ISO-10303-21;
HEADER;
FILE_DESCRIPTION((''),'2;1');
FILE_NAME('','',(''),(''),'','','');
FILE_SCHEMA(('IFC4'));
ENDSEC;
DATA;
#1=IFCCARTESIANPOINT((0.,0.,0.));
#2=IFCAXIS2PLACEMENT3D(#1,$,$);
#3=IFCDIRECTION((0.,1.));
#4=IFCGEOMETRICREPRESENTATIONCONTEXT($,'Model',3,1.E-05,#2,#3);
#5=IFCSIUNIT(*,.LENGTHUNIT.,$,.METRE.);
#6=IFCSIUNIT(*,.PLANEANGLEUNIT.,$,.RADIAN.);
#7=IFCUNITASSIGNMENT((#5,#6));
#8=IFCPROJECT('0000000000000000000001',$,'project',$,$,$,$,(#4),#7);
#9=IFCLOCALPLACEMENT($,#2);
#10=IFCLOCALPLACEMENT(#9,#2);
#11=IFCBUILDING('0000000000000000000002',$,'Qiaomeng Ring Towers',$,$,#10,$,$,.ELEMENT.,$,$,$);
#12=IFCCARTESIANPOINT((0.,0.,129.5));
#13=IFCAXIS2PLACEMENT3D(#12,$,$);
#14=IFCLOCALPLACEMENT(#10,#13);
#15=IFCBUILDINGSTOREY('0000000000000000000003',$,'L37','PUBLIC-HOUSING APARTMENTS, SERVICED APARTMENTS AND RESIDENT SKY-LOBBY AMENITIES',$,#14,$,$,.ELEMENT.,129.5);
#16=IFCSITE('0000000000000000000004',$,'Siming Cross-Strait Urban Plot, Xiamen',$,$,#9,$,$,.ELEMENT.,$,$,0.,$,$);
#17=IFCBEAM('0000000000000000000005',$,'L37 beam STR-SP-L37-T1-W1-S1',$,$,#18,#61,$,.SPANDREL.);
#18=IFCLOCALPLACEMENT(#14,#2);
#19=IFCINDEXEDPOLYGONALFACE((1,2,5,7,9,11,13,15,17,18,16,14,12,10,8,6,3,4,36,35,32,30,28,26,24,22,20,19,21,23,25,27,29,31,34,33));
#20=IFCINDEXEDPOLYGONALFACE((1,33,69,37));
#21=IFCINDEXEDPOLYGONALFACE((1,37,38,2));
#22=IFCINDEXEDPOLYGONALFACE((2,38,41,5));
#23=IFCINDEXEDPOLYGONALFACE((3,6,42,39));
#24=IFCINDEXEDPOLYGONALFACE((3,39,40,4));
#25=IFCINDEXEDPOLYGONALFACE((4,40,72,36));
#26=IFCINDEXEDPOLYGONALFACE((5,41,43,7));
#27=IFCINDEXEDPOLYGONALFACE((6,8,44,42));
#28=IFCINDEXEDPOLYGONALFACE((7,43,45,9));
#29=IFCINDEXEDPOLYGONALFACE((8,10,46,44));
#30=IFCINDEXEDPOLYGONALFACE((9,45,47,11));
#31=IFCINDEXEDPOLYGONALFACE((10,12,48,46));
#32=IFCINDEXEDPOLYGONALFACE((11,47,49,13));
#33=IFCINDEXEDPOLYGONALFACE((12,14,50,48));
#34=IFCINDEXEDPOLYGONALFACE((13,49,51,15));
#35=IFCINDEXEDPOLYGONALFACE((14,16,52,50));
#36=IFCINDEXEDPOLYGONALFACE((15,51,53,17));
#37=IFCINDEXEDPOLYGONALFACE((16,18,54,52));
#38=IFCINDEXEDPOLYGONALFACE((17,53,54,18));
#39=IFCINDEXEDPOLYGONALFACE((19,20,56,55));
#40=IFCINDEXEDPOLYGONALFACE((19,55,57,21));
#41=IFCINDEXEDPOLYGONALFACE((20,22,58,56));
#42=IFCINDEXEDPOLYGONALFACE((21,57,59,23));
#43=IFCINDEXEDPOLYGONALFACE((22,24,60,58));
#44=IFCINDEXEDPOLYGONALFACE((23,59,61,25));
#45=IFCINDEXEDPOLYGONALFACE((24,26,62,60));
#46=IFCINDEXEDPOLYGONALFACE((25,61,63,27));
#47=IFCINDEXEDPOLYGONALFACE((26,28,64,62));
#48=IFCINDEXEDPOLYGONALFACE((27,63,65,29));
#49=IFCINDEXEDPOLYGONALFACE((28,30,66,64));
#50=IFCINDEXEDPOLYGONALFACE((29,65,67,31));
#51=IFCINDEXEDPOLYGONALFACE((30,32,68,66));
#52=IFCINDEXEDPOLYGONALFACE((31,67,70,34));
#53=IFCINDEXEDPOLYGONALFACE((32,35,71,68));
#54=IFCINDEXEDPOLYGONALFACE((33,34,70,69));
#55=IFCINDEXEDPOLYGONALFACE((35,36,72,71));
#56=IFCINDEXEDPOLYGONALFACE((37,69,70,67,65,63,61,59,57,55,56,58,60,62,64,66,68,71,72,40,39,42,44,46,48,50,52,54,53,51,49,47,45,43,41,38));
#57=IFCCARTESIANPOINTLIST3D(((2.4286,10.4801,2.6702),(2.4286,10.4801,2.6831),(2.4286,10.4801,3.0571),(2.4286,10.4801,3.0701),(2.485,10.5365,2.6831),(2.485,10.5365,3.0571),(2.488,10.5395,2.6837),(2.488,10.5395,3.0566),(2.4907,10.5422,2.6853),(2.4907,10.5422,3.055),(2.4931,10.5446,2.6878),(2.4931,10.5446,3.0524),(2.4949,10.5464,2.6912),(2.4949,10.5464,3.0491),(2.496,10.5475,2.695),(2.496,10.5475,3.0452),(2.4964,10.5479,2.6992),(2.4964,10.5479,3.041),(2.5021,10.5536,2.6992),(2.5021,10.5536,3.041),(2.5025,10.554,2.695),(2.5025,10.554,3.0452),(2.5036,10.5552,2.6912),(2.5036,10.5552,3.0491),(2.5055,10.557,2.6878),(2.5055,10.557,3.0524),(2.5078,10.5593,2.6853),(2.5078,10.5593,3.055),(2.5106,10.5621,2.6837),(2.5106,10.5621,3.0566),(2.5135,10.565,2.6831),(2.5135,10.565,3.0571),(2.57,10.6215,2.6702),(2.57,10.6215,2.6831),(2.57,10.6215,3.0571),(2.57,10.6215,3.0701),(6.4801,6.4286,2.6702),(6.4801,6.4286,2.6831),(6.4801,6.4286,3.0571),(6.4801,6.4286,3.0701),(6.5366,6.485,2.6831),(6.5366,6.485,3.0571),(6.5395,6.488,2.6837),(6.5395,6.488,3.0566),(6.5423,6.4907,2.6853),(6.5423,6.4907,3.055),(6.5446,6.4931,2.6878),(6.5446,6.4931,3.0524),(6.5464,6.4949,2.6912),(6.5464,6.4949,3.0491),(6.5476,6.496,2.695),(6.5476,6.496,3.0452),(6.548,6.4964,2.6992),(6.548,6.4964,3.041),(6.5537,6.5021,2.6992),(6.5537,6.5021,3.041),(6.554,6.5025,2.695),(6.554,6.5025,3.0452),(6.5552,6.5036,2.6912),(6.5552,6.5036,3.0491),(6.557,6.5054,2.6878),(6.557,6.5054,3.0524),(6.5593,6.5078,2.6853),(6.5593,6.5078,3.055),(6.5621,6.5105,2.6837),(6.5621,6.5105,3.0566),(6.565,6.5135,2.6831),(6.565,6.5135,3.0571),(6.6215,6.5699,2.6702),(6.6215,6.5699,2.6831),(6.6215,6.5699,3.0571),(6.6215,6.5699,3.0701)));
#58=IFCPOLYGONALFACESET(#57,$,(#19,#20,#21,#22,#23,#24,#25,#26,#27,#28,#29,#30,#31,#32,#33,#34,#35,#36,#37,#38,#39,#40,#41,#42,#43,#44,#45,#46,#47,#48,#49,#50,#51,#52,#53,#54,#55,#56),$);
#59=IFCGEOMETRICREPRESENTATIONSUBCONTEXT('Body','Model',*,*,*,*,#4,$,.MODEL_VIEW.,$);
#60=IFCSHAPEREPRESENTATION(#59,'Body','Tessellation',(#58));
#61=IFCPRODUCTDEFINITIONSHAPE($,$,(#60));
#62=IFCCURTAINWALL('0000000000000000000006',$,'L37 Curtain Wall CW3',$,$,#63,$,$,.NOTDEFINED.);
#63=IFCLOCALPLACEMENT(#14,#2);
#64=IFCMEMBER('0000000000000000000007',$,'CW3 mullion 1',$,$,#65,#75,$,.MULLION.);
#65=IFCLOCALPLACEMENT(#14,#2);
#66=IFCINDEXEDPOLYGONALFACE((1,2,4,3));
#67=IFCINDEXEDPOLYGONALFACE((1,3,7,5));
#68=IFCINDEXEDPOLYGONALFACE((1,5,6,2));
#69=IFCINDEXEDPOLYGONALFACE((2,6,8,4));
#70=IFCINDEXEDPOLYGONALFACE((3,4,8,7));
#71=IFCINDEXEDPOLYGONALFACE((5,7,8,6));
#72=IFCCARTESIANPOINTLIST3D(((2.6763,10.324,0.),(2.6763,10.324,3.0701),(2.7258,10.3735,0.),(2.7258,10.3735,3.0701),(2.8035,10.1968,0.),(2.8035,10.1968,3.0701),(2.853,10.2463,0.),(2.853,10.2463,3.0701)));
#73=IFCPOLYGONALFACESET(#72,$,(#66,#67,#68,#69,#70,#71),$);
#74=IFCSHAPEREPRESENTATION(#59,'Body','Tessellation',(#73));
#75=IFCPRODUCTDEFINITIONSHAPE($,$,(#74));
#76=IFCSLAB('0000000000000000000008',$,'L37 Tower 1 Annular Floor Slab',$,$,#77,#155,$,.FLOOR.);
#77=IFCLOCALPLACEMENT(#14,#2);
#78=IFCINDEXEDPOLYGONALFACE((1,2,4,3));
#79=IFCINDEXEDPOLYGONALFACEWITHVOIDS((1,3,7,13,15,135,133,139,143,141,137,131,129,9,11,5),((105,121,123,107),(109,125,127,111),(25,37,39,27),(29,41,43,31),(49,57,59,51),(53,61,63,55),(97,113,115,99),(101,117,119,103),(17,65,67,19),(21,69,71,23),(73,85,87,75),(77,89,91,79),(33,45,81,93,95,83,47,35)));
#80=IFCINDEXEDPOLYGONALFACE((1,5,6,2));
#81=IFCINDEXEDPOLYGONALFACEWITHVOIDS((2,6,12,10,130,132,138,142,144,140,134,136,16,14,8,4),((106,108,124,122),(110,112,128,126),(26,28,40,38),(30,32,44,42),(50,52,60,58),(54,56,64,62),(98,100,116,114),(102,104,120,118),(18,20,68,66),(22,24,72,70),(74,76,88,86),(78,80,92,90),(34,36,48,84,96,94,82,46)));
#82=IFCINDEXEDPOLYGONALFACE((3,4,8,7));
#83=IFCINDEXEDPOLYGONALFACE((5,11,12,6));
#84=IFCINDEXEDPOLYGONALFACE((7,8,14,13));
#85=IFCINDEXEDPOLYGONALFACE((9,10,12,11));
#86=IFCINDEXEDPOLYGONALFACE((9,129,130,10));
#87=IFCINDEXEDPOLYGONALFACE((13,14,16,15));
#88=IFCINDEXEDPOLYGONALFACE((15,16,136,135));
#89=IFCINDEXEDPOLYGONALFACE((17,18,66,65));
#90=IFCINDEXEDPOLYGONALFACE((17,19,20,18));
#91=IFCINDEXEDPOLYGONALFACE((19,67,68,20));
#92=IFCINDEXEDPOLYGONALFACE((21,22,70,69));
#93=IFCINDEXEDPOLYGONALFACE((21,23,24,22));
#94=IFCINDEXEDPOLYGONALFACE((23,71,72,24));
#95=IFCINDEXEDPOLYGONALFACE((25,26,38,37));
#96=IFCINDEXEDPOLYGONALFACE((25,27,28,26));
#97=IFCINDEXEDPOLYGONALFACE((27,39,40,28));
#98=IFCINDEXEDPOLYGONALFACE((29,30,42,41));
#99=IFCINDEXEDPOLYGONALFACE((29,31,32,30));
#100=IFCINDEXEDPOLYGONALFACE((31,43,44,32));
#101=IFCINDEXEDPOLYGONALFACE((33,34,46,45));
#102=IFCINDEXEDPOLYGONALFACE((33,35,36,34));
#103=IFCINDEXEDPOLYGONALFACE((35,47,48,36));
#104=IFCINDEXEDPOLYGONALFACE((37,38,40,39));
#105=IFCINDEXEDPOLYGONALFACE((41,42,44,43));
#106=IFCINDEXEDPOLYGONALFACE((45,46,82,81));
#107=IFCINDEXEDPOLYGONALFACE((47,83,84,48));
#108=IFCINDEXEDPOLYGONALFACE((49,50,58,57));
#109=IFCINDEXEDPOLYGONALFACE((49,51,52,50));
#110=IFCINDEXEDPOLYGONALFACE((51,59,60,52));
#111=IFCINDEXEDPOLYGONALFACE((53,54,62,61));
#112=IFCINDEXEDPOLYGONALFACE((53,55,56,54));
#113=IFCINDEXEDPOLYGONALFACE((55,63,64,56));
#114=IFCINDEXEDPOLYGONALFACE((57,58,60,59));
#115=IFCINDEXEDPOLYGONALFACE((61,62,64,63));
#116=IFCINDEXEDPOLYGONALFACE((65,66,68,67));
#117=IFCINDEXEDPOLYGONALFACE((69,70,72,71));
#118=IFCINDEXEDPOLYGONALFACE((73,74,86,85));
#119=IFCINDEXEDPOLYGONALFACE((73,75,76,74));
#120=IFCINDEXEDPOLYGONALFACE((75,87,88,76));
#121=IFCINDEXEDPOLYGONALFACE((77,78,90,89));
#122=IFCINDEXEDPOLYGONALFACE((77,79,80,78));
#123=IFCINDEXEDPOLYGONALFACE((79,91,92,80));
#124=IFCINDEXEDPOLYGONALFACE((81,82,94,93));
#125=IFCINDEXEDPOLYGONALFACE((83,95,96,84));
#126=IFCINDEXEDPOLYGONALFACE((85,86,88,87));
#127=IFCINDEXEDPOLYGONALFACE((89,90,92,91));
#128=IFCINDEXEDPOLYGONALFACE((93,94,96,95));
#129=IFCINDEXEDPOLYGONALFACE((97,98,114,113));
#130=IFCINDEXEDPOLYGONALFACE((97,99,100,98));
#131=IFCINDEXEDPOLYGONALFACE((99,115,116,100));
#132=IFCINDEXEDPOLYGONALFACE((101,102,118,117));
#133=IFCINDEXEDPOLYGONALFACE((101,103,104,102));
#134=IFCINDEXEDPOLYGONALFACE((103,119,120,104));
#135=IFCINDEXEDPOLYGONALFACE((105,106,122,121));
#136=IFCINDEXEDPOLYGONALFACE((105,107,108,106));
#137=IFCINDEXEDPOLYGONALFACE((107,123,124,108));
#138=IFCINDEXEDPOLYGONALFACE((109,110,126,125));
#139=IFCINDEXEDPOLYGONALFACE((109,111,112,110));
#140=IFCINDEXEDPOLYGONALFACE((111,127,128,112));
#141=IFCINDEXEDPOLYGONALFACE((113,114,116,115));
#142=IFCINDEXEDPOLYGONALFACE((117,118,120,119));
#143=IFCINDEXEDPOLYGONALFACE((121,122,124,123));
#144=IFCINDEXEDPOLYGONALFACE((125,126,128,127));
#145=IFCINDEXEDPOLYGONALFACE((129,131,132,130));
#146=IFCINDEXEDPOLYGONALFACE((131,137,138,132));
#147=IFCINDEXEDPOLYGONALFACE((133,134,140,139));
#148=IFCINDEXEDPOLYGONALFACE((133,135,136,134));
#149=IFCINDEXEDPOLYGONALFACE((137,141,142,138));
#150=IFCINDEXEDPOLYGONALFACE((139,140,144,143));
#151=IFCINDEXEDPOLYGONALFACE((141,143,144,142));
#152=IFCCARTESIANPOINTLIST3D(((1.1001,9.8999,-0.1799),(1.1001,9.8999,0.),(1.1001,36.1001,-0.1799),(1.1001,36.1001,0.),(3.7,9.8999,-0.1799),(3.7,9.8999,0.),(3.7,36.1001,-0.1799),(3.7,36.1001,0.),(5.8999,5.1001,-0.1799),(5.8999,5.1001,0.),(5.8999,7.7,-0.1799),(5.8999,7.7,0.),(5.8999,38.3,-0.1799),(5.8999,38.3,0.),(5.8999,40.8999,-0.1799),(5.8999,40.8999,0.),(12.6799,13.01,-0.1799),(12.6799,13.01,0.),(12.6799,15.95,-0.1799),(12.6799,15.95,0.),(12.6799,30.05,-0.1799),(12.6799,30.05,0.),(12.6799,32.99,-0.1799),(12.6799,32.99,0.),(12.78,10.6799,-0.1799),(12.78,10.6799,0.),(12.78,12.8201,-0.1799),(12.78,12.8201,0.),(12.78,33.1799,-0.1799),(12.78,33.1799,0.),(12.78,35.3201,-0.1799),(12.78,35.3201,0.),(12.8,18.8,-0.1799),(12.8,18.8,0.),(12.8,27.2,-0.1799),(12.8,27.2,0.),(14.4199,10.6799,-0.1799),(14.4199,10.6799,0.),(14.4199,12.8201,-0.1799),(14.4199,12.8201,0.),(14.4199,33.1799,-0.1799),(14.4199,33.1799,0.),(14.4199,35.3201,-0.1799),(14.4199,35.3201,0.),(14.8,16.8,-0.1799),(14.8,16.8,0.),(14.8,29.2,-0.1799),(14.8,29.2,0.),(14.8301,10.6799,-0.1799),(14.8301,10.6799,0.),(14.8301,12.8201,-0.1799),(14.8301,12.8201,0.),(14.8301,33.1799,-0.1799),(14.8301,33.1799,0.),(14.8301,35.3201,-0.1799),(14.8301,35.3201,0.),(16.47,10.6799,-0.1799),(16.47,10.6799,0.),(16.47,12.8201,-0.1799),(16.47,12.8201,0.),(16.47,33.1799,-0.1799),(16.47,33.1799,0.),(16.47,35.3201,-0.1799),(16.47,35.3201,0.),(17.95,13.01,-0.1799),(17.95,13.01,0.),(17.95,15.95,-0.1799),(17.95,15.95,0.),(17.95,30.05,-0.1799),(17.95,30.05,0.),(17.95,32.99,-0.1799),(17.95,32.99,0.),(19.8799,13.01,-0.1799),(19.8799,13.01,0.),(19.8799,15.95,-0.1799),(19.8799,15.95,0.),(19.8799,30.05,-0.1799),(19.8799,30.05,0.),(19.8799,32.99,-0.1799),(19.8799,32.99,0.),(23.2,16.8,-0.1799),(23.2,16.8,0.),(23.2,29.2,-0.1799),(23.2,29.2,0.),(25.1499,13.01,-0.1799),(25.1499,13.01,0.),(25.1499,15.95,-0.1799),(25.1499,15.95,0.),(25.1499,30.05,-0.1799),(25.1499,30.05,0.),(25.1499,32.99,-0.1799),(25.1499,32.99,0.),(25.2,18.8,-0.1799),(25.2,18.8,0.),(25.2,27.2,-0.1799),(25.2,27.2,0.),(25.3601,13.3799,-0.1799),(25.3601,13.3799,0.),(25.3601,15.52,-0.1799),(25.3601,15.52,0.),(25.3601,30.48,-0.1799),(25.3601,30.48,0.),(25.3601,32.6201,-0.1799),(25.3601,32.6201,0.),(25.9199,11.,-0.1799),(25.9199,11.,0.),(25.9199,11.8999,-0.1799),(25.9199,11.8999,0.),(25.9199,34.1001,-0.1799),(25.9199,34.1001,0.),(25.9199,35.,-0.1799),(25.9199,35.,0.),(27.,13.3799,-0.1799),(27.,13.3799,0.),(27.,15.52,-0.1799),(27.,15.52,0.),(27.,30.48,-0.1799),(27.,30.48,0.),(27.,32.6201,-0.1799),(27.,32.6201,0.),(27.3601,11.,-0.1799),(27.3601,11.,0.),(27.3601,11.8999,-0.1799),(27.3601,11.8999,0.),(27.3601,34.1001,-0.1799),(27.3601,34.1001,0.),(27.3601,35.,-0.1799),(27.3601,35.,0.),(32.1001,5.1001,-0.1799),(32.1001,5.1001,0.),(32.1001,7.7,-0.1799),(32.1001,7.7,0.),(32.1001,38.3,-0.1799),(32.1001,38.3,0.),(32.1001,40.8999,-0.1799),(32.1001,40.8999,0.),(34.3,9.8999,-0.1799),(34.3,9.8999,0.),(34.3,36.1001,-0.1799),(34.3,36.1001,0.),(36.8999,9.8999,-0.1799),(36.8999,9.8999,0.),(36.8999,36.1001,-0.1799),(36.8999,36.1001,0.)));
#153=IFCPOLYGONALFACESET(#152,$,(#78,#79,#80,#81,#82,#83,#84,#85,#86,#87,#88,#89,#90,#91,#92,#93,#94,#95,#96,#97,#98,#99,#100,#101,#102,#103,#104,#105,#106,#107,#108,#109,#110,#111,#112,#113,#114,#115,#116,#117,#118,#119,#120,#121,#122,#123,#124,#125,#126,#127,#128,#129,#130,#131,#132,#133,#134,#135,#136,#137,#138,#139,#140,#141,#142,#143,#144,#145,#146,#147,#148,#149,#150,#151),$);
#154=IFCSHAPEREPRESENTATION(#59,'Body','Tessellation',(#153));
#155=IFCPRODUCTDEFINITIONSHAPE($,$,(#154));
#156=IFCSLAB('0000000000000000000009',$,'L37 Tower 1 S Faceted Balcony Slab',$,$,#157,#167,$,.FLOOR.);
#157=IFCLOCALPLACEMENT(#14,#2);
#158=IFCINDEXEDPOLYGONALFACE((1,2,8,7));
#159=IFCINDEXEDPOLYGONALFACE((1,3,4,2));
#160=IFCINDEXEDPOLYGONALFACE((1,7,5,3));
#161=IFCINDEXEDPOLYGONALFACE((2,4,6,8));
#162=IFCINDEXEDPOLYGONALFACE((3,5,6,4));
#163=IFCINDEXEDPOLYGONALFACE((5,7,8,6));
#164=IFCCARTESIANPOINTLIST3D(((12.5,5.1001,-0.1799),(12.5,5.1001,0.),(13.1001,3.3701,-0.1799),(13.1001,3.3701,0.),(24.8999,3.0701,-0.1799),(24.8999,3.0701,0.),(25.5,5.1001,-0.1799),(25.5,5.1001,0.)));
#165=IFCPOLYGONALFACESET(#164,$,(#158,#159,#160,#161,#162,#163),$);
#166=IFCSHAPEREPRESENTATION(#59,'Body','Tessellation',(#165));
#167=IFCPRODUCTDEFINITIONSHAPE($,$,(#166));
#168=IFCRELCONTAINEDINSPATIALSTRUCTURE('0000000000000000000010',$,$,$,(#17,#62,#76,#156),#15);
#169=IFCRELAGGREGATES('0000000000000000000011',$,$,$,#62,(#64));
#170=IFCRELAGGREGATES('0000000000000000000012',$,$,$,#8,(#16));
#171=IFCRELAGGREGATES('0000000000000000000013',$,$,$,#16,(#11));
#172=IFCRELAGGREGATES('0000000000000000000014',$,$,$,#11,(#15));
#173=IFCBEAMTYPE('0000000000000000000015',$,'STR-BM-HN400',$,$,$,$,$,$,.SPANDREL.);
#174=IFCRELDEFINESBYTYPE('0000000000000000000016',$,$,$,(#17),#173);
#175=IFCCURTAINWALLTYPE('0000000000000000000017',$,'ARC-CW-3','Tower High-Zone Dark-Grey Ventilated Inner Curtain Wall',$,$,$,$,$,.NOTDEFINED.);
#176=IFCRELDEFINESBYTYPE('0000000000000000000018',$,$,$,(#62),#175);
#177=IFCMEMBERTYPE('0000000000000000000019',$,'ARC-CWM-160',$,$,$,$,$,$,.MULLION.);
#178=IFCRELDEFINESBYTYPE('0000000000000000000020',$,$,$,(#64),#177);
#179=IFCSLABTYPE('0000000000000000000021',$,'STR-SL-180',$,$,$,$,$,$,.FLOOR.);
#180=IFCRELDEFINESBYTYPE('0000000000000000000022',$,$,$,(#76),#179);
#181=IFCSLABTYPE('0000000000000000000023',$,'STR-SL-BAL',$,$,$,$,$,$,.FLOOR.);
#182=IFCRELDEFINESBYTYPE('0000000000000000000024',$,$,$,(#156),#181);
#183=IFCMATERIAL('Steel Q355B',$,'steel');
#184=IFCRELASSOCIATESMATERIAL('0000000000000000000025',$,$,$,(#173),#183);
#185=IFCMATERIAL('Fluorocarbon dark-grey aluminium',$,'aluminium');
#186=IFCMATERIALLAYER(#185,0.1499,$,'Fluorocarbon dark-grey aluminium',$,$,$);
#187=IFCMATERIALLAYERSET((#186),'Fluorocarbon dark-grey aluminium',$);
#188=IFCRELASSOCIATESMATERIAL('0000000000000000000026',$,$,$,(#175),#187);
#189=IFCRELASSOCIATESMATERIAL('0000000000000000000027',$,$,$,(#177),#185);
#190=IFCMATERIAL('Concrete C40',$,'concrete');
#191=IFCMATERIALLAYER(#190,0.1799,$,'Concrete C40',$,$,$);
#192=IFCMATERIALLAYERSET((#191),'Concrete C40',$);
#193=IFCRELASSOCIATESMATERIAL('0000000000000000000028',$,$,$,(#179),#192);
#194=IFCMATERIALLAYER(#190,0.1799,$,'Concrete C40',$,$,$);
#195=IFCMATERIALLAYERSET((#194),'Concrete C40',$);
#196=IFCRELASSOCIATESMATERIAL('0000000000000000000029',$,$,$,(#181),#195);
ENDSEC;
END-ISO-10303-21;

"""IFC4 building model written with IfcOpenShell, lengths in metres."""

from ifc_helpers import new_model, si_unit, direction, frame, origin, origin_2d, place, context, subcontext, project, spatial, polyline, rectangle, i_section, outline, extrude, source, transform, mapped, material, layer, layer_set, material_profile, profile_set, type_object, element, aggregate, save


model = new_model("IFC4")

# Units and contexts
model_context = context("Model", 3, precision=1e-05, world=origin(), true_north=direction((0.0, 1.0)))
body_context = subcontext(model_context, "Body", "Model", "MODEL_VIEW")
ifc_project = project(units=[si_unit("LENGTHUNIT", "METRE"), si_unit("PLANEANGLEUNIT", "RADIAN")], contexts=[model_context])

# Site, building, storey
site_placement = place(None, origin())
site = spatial("IfcSite", under=ifc_project, at=site_placement, Name="Siming Cross-Strait Urban Plot, Xiamen", CompositionType="ELEMENT", RefElevation=0.0)
building_placement = place(site_placement, origin())
building = spatial("IfcBuilding", under=site, at=building_placement, Name="Qiaomeng Ring Towers", CompositionType="ELEMENT")
storey_placement = place(building_placement, frame((0.0, 0.0, 129.5)))
storey = spatial("IfcBuildingStorey", under=building, at=storey_placement, Name="L37", Description="PUBLIC-HOUSING APARTMENTS, SERVICED APARTMENTS AND RESIDENT SKY-LOBBY AMENITIES", CompositionType="ELEMENT", Elevation=129.5)

# Beam
ifc_material_1 = material(Name="Steel Q355B", Category="steel")
ifc_material_profile_1 = material_profile(ifc_material_1, i_section(OverallWidth=0.2, OverallDepth=0.3999, WebThickness=0.0081, FlangeThickness=0.0129, FilletRadius=0.0161, at=origin_2d()), Name="HN 400x200x8x13")
ifc_profile_set_1 = profile_set([ifc_material_profile_1], Name="Steel Q355B")
beam_type = type_object("IfcBeamType", Name="STR-BM-HN400", PredefinedType="SPANDREL", material=ifc_profile_set_1)
shared_shape_1 = source(origin(), body_context, "Body", "SweptSolid", [
    extrude(i_section(OverallWidth=0.2, OverallDepth=0.3999, WebThickness=0.0081, FlangeThickness=0.0129, FilletRadius=0.0161, at=origin_2d()), origin(), (0.0, 0.0, 1.0), 5.7297),
])
beam_placement = place(storey_placement, frame((2.4993, 10.5508, 2.8701), z_axis=(0.707107, -0.707107, 0.0), x_axis=(0.707107, 0.707107, 0.0)))
element("IfcBeam", 1, at=beam_placement, inside=storey, type_object=beam_type, Name="L37 beam STR-SP-L37-T1-W1-S1", PredefinedType="SPANDREL", context=body_context, shape_type="MappedRepresentation", body=[
    mapped(shared_shape_1, transform((0.0, 0.0, 0.0), x_axis=(1.0, 0.0, 0.0), y_axis=(0.0, 1.0, 0.0), z_axis=(0.0, 0.0, 1.0), scale=1.0)),
])

# Curtain wall, member
ifc_material_2 = material(Name="Fluorocarbon dark-grey aluminium", Category="aluminium")
ifc_layer_1 = layer(ifc_material_2, 0.1499, Name="Fluorocarbon dark-grey aluminium")
ifc_layer_set_1 = layer_set([ifc_layer_1], Name="Fluorocarbon dark-grey aluminium")
curtain_wall_type = type_object("IfcCurtainWallType", Name="ARC-CW-3", Description="Tower High-Zone Dark-Grey Ventilated Inner Curtain Wall", PredefinedType="NOTDEFINED", material=ifc_layer_set_1)
curtain_wall_placement = place(storey_placement, origin())
curtain_wall = element("IfcCurtainWall", 2, at=curtain_wall_placement, inside=storey, type_object=curtain_wall_type, Name="L37 Curtain Wall CW3", PredefinedType="NOTDEFINED")
ifc_material_profile_2 = material_profile(ifc_material_2, rectangle(XDim=0.0701, YDim=0.1799, at=origin_2d()), Name="ALU MULL 70x180")
ifc_profile_set_2 = profile_set([ifc_material_profile_2], Name="Fluorocarbon dark-grey aluminium")
member_type = type_object("IfcMemberType", Name="ARC-CWM-160", PredefinedType="MULLION", material=ifc_profile_set_2)
shared_shape_2 = source(origin(), body_context, "Body", "SweptSolid", [
    extrude(rectangle(XDim=0.0701, YDim=0.1799, at=origin_2d()), origin(), (0.0, 0.0, 1.0), 3.0701),
])
member_placement = place(storey_placement, frame((2.7646, 10.2852, 0.0), z_axis=(0.0, 0.0, 1.0), x_axis=(0.707107, 0.707107, 0.0)))
member = element("IfcMember", 3, at=member_placement, type_object=member_type, Name="CW3 mullion 1", PredefinedType="MULLION", context=body_context, shape_type="MappedRepresentation", body=[
    mapped(shared_shape_2, transform((0.0, 0.0, 0.0), x_axis=(1.0, 0.0, 0.0), y_axis=(0.0, 1.0, 0.0), z_axis=(0.0, 0.0, 1.0), scale=1.0)),
])
aggregate(curtain_wall, [member])

# Slabs
ifc_material_3 = material(Name="Concrete C40", Category="concrete")
ifc_layer_2 = layer(ifc_material_3, 0.1799, Name="Concrete C40")
ifc_layer_set_2 = layer_set([ifc_layer_2], Name="Concrete C40")
slab_type_1 = type_object("IfcSlabType", Name="STR-SL-180", PredefinedType="FLOOR", material=ifc_layer_set_2)
slab_1_placement = place(storey_placement, frame((0.0, 0.0, -0.1799)))
element("IfcSlab", 4, at=slab_1_placement, inside=storey, type_object=slab_type_1, Name="L37 Tower 1 Annular Floor Slab", PredefinedType="FLOOR", context=body_context, shape_type="SweptSolid", body=[
    extrude(outline(polyline([(5.8999, 5.1001), (32.1001, 5.1001), (32.1001, 7.7), (34.3, 9.8999), (36.8999, 9.8999), (36.8999, 36.1001), (34.3, 36.1001), (32.1001, 38.3), (32.1001, 40.8999), (5.8999, 40.8999), (5.8999, 38.3), (3.7, 36.1001), (1.1001, 36.1001), (1.1001, 9.8999), (3.7, 9.8999), (5.8999, 7.7), (5.8999, 5.1001)]), holes=[polyline([(12.78, 10.6799), (12.78, 12.8201), (14.4199, 12.8201), (14.4199, 10.6799), (12.78, 10.6799)]), polyline([(14.8301, 12.8201), (16.47, 12.8201), (16.47, 10.6799), (14.8301, 10.6799), (14.8301, 12.8201)]), polyline([(12.6799, 15.95), (17.95, 15.95), (17.95, 13.01), (12.6799, 13.01), (12.6799, 15.95)]), polyline([(23.2, 29.2), (25.2, 27.2), (25.2, 18.8), (23.2, 16.8), (14.8, 16.8), (12.8, 18.8), (12.8, 27.2), (14.8, 29.2), (23.2, 29.2)]), polyline([(12.6799, 32.99), (17.95, 32.99), (17.95, 30.05), (12.6799, 30.05), (12.6799, 32.99)]), polyline([(12.78, 35.3201), (14.4199, 35.3201), (14.4199, 33.1799), (12.78, 33.1799), (12.78, 35.3201)]), polyline([(14.8301, 33.1799), (14.8301, 35.3201), (16.47, 35.3201), (16.47, 33.1799), (14.8301, 33.1799)]), polyline([(25.9199, 11.8999), (27.3601, 11.8999), (27.3601, 11.0), (25.9199, 11.0), (25.9199, 11.8999)]), polyline([(25.3601, 15.52), (27.0, 15.52), (27.0, 13.3799), (25.3601, 13.3799), (25.3601, 15.52)]), polyline([(19.8799, 15.95), (25.1499, 15.95), (25.1499, 13.01), (19.8799, 13.01), (19.8799, 15.95)]), polyline([(19.8799, 32.99), (25.1499, 32.99), (25.1499, 30.05), (19.8799, 30.05), (19.8799, 32.99)]), polyline([(25.3601, 32.6201), (27.0, 32.6201), (27.0, 30.48), (25.3601, 30.48), (25.3601, 32.6201)]), polyline([(25.9199, 35.0), (27.3601, 35.0), (27.3601, 34.1001), (25.9199, 34.1001), (25.9199, 35.0)])]), origin(), (0.0, 0.0, 1.0), 0.1799),
])
ifc_layer_3 = layer(ifc_material_3, 0.1799, Name="Concrete C40")
ifc_layer_set_3 = layer_set([ifc_layer_3], Name="Concrete C40")
slab_type_2 = type_object("IfcSlabType", Name="STR-SL-BAL", PredefinedType="FLOOR", material=ifc_layer_set_3)
slab_2_placement = place(storey_placement, frame((0.0, 0.0, -0.1799)))
element("IfcSlab", 5, at=slab_2_placement, inside=storey, type_object=slab_type_2, Name="L37 Tower 1 S Faceted Balcony Slab", PredefinedType="FLOOR", context=body_context, shape_type="SweptSolid", body=[
    extrude(outline(polyline([(24.8999, 3.0701), (13.1001, 3.3701), (12.5, 5.1001), (25.5, 5.1001), (24.8999, 3.0701)])), origin(), (0.0, 0.0, 1.0), 0.1799),
])

save(model, "model.ifc")
